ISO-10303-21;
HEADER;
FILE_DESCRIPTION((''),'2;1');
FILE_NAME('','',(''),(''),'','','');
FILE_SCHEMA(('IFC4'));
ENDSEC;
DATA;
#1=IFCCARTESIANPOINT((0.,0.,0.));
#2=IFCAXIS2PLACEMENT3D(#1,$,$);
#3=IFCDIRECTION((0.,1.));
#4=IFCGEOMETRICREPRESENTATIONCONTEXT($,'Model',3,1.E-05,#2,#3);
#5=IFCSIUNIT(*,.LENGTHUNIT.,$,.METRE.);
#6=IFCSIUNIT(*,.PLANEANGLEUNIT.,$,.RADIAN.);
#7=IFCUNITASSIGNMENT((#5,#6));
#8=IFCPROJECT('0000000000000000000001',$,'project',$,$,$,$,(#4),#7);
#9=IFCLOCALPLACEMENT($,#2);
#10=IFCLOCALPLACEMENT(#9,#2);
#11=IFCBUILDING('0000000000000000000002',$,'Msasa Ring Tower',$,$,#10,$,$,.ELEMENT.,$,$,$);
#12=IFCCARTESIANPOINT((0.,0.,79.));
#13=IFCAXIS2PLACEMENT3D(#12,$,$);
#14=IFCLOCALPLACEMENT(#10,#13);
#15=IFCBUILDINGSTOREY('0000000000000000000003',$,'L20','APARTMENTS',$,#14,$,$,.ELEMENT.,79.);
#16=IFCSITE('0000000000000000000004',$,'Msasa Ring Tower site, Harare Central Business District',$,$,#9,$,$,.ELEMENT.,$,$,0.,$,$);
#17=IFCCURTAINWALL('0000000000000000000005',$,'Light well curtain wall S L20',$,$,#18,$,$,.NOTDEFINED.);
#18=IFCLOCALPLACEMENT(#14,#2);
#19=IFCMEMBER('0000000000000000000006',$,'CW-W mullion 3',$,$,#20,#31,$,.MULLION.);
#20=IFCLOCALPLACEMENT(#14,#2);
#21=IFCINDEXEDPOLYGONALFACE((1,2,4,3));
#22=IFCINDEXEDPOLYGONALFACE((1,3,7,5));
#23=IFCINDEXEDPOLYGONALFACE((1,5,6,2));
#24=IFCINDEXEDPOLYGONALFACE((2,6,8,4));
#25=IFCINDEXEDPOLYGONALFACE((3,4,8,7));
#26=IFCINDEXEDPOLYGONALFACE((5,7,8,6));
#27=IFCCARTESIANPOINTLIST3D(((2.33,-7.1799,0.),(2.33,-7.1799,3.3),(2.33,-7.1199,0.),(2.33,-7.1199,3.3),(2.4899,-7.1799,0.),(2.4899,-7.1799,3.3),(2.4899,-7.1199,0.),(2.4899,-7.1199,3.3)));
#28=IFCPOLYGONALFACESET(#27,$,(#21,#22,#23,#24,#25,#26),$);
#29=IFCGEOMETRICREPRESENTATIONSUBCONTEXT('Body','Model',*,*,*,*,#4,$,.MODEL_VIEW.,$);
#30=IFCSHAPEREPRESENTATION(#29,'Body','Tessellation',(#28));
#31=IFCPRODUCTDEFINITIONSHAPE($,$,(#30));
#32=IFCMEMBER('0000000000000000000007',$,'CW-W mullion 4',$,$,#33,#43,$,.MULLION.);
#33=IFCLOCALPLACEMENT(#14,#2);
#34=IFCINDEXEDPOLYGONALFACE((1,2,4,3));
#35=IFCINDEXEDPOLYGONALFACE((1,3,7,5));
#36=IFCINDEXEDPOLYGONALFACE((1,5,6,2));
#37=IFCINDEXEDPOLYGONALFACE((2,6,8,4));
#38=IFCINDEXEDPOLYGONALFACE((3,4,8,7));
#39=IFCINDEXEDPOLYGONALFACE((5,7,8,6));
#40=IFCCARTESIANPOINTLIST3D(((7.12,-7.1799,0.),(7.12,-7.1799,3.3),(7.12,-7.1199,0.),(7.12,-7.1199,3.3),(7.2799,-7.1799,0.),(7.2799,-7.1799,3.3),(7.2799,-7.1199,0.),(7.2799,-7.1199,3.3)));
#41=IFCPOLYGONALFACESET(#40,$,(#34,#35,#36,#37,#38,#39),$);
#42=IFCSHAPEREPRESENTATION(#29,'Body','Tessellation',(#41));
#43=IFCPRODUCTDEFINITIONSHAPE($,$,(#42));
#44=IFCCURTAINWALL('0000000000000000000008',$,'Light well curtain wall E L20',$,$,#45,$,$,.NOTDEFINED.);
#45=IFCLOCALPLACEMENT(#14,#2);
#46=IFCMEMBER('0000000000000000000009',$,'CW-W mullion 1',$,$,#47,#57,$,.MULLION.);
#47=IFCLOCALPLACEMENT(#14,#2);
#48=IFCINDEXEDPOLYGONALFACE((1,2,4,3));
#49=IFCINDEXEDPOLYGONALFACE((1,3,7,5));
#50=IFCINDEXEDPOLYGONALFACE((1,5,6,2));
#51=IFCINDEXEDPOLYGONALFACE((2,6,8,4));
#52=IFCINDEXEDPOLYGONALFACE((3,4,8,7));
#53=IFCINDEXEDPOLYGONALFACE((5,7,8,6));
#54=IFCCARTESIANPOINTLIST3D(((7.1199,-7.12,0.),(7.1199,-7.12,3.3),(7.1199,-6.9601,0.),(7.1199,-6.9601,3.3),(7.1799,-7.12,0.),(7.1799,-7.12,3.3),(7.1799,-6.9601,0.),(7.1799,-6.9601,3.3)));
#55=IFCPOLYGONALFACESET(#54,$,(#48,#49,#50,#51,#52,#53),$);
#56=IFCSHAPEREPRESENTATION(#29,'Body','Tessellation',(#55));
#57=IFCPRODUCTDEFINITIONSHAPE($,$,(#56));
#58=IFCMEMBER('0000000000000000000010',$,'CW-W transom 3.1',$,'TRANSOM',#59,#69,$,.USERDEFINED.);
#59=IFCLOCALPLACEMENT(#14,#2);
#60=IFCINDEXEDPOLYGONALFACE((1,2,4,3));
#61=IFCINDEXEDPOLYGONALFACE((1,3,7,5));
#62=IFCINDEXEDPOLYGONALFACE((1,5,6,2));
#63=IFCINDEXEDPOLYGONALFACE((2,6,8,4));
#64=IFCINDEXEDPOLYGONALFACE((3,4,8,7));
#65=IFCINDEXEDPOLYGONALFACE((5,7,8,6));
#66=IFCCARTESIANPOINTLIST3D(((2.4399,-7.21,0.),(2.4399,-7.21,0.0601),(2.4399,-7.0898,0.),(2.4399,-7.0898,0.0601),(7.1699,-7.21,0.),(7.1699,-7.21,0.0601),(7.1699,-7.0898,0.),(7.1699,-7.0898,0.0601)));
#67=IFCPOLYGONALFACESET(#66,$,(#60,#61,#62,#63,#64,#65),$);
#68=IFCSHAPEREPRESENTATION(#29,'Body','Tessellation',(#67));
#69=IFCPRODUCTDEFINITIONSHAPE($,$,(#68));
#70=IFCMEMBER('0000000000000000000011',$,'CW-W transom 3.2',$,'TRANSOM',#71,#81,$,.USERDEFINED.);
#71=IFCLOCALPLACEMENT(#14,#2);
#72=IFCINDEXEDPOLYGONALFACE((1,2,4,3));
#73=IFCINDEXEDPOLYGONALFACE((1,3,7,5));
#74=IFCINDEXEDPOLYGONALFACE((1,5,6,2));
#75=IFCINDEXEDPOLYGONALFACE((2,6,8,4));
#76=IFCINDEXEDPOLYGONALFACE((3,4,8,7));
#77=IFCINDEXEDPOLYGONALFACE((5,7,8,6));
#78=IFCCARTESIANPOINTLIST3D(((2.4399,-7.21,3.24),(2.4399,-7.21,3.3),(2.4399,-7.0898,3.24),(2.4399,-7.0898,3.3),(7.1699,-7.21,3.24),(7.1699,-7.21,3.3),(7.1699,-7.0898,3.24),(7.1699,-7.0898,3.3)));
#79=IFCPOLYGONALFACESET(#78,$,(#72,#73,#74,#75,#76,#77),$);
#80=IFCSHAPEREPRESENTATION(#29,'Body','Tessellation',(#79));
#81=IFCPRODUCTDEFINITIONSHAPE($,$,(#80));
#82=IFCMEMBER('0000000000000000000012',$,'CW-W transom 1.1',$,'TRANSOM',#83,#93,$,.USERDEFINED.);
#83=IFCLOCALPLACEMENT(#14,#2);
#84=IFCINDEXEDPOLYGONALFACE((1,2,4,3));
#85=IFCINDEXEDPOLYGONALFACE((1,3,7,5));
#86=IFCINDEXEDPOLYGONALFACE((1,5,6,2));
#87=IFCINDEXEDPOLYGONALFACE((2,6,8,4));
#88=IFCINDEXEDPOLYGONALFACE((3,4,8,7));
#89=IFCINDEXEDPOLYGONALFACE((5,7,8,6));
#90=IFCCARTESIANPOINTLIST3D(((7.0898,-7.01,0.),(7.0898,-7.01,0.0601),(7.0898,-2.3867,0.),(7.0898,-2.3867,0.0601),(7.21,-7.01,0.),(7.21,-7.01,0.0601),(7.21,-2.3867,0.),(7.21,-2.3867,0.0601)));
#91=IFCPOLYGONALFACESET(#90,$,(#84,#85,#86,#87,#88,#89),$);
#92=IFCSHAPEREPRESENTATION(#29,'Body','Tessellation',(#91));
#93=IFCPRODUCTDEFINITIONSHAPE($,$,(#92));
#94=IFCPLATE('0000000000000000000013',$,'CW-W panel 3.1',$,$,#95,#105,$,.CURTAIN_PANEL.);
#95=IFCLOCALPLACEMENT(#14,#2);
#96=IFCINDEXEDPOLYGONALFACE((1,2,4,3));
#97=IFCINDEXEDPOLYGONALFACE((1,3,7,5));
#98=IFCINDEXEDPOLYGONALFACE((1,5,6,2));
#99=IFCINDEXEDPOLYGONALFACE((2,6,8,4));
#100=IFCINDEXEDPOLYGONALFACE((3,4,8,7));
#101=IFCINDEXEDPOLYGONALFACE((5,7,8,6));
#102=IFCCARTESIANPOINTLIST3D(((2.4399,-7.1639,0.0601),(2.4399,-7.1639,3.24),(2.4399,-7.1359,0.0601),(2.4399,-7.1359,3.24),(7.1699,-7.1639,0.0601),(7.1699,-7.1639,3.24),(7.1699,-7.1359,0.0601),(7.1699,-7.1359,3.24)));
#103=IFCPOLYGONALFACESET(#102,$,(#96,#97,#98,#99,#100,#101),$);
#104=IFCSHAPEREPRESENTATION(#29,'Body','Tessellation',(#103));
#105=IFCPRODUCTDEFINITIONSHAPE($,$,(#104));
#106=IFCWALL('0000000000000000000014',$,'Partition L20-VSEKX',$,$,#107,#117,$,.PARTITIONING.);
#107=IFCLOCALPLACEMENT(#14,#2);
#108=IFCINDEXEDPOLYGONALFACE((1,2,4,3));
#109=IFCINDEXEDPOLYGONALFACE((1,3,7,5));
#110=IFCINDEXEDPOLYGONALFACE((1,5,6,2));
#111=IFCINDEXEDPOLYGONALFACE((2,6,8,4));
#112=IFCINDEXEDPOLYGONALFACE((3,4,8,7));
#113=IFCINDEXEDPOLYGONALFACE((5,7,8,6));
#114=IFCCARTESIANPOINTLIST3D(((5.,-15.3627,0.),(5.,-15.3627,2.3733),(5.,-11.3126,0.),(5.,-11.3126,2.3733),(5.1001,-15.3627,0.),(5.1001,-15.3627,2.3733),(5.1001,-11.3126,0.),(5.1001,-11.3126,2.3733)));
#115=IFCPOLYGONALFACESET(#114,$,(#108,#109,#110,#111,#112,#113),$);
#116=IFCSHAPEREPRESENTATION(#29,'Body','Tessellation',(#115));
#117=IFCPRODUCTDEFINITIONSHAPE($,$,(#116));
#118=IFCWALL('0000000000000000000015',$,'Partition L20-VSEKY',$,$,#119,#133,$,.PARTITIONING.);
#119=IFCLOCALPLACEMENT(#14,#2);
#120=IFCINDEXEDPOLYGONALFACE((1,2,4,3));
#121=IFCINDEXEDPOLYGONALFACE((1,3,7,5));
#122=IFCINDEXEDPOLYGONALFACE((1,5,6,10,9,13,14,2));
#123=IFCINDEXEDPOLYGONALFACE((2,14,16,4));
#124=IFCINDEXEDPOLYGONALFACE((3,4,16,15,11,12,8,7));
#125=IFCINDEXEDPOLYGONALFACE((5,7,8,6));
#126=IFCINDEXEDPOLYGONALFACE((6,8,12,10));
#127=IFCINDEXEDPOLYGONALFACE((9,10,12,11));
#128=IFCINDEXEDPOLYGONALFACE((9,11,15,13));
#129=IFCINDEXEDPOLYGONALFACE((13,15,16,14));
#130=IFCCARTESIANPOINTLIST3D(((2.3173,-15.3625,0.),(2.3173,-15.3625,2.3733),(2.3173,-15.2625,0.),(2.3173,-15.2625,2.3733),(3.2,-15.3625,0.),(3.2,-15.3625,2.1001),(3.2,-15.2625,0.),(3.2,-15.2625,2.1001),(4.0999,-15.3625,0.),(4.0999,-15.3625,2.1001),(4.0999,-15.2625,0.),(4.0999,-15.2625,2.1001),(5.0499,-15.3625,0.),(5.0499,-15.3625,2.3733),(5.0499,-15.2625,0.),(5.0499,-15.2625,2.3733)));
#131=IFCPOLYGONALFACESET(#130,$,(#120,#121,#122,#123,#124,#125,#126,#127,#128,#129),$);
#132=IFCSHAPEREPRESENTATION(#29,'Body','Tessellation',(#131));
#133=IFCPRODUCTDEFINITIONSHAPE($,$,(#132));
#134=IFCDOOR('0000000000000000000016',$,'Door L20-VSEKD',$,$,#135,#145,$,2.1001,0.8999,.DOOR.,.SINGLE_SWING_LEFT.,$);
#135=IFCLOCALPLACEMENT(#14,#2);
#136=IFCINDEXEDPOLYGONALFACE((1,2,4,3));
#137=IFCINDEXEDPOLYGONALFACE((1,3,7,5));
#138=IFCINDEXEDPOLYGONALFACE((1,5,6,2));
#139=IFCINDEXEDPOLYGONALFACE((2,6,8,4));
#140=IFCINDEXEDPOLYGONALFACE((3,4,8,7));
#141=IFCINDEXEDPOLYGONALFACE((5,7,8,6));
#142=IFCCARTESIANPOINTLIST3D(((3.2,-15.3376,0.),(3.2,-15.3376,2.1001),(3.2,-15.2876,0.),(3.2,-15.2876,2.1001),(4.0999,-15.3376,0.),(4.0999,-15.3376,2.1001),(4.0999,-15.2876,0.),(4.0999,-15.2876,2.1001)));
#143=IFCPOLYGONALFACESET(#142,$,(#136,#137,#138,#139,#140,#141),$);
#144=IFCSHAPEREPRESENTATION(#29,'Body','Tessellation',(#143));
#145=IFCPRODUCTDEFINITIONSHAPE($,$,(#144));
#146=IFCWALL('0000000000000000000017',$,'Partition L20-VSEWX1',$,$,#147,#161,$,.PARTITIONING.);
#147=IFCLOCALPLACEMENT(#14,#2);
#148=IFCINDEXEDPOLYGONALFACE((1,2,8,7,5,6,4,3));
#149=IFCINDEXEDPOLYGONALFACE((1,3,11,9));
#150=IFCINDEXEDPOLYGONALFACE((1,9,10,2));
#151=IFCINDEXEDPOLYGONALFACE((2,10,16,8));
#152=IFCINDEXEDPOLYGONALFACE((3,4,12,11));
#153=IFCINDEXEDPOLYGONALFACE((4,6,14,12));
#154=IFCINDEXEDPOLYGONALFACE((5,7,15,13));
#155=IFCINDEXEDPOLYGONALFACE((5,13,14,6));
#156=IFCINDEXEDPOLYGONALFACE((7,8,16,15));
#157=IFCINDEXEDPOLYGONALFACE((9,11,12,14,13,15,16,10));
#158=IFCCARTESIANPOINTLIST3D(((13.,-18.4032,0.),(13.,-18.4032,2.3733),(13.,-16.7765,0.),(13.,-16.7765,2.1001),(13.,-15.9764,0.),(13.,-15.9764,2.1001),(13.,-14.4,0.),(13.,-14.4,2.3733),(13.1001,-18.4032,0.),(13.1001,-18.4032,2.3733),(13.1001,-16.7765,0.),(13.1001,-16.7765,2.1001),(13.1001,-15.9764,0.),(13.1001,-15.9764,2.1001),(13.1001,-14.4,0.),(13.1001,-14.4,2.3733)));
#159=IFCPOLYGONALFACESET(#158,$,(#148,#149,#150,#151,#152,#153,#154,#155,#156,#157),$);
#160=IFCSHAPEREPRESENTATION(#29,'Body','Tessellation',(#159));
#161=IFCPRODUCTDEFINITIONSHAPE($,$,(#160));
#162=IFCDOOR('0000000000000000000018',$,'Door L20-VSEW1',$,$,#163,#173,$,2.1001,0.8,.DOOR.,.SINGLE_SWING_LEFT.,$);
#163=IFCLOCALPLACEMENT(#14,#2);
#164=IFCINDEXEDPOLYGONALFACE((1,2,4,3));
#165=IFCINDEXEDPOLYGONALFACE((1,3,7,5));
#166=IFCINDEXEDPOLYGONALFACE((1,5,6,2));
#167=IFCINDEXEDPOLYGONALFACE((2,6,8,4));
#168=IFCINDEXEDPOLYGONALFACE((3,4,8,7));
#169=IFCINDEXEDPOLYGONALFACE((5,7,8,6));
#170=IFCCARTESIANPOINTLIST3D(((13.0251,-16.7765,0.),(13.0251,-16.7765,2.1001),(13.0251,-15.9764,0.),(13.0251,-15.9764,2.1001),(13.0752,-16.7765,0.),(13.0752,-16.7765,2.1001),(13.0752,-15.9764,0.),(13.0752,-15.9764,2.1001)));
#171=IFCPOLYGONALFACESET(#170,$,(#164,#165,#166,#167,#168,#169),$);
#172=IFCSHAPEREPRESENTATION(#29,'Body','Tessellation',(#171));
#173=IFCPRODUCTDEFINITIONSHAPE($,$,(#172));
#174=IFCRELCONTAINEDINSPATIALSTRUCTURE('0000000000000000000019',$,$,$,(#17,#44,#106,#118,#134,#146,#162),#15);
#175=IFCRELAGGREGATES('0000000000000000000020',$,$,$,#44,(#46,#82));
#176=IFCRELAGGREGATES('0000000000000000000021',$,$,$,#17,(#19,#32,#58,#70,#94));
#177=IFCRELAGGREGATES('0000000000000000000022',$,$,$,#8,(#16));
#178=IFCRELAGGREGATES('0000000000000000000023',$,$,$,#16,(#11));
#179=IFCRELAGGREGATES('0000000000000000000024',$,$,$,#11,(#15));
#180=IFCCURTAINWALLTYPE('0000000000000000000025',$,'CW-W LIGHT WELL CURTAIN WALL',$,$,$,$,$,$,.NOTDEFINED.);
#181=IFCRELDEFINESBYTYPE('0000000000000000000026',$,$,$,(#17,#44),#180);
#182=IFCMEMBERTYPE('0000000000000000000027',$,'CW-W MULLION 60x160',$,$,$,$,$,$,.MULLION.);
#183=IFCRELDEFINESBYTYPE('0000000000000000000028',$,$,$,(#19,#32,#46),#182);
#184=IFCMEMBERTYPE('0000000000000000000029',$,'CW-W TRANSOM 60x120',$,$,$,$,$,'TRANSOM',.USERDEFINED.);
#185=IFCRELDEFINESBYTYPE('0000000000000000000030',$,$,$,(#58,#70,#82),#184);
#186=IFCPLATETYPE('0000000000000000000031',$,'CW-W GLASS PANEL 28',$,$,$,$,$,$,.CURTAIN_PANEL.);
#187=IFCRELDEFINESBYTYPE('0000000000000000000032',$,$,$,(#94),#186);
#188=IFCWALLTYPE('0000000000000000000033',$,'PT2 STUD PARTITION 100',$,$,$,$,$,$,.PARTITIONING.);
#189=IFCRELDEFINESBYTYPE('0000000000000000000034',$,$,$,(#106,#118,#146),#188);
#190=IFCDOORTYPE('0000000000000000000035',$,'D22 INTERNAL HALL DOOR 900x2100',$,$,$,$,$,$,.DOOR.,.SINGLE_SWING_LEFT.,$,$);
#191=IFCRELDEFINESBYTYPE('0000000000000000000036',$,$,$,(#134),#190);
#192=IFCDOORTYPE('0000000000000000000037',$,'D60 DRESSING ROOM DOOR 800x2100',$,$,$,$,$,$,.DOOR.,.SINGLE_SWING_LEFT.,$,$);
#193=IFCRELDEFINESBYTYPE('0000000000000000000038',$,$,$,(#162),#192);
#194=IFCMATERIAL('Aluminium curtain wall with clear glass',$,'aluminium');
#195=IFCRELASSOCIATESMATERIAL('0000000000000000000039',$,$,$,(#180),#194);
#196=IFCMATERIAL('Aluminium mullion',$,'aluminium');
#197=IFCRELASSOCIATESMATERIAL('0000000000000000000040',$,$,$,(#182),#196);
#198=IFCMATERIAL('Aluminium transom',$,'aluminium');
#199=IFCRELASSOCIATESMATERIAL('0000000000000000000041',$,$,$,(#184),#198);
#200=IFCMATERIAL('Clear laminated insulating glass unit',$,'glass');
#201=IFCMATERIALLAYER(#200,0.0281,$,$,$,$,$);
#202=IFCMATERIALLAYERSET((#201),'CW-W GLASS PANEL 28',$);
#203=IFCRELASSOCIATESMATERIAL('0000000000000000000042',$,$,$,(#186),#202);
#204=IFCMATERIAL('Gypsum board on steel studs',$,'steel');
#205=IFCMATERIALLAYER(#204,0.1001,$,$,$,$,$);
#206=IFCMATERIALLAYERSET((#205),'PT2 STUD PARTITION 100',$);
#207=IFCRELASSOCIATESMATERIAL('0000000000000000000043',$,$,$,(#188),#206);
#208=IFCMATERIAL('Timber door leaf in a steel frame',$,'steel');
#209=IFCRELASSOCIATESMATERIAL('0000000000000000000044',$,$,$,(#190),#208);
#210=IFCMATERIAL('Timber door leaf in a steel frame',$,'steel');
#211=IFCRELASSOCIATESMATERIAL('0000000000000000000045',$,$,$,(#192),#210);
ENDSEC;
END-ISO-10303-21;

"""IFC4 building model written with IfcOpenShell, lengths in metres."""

from ifc_helpers import new_model, si_unit, direction, frame, frame_2d, origin, origin_2d, place, context, subcontext, project, spatial, rectangle, extrude, material, layer, layer_set, material_profile, profile_set, type_object, element, fill, aggregate, save


model = new_model("IFC4")

# Units and contexts
model_context = context("Model", 3, precision=1e-05, world=origin(), true_north=direction((0.0, 1.0)))
body_context = subcontext(model_context, "Body", "Model", "MODEL_VIEW")
ifc_project = project(units=[si_unit("LENGTHUNIT", "METRE"), si_unit("PLANEANGLEUNIT", "RADIAN")], contexts=[model_context])

# Site, building, storey
site_placement = place(None, origin())
site = spatial("IfcSite", under=ifc_project, at=site_placement, Name="Msasa Ring Tower site, Harare Central Business District", CompositionType="ELEMENT", RefElevation=0.0)
building_placement = place(site_placement, origin())
building = spatial("IfcBuilding", under=site, at=building_placement, Name="Msasa Ring Tower", CompositionType="ELEMENT")
storey_placement = place(building_placement, frame((0.0, 0.0, 79.0)))
storey = spatial("IfcBuildingStorey", under=building, at=storey_placement, Name="L20", Description="APARTMENTS", CompositionType="ELEMENT", Elevation=79.0)

# Curtain wall, members
ifc_material_1 = material(Name="Aluminium curtain wall with clear glass", Category="aluminium")
curtain_wall_type = type_object("IfcCurtainWallType", Name="CW-W LIGHT WELL CURTAIN WALL", PredefinedType="NOTDEFINED", material=ifc_material_1)
curtain_wall_1_placement = place(storey_placement, origin())
curtain_wall_1 = element("IfcCurtainWall", 1, at=curtain_wall_1_placement, inside=storey, type_object=curtain_wall_type, Name="Light well curtain wall S L20", PredefinedType="NOTDEFINED")
ifc_material_2 = material(Name="Aluminium mullion", Category="aluminium")
ifc_material_profile_1 = material_profile(ifc_material_2, rectangle(XDim=0.0601, YDim=0.1599, at=origin_2d()), Name="AL 60x160")
ifc_profile_set_1 = profile_set([ifc_material_profile_1], Name="Aluminium mullion")
member_type_1 = type_object("IfcMemberType", Name="CW-W MULLION 60x160", PredefinedType="MULLION", material=ifc_profile_set_1)
member_1_placement = place(storey_placement, frame((2.4099, -7.1499, 0.0), z_axis=(0.0, 0.0, 1.0), x_axis=(0.0, 1.0, 0.0)))
member_1 = element("IfcMember", 2, at=member_1_placement, type_object=member_type_1, Name="CW-W mullion 3", PredefinedType="MULLION", context=body_context, shape_type="SweptSolid", body=[
    extrude(rectangle(XDim=0.0601, YDim=0.1599, at=origin_2d()), origin(), (0.0, 0.0, 1.0), 3.3),
])
member_2_placement = place(storey_placement, frame((7.2, -7.1499, 0.0), z_axis=(0.0, 0.0, 1.0), x_axis=(0.0, 1.0, 0.0)))
member_2 = element("IfcMember", 3, at=member_2_placement, type_object=member_type_1, Name="CW-W mullion 4", PredefinedType="MULLION", context=body_context, shape_type="SweptSolid", body=[
    extrude(rectangle(XDim=0.0601, YDim=0.1599, at=origin_2d()), origin(), (0.0, 0.0, 1.0), 3.3),
])

# Curtain wall, member
curtain_wall_2_placement = place(storey_placement, origin())
curtain_wall_2 = element("IfcCurtainWall", 4, at=curtain_wall_2_placement, inside=storey, type_object=curtain_wall_type, Name="Light well curtain wall E L20", PredefinedType="NOTDEFINED")
member_3_placement = place(storey_placement, frame((7.1499, -7.04, 0.0), z_axis=(0.0, 0.0, 1.0), x_axis=(-1.0, 0.0, 0.0)))
member_3 = element("IfcMember", 5, at=member_3_placement, type_object=member_type_1, Name="CW-W mullion 1", PredefinedType="MULLION", context=body_context, shape_type="SweptSolid", body=[
    extrude(rectangle(XDim=0.0601, YDim=0.1599, at=origin_2d()), origin(), (0.0, 0.0, 1.0), 3.3),
])

# Members
ifc_material_3 = material(Name="Aluminium transom", Category="aluminium")
ifc_material_profile_2 = material_profile(ifc_material_3, rectangle(XDim=0.1201, YDim=0.0601, at=origin_2d()), Name="AL 60x120")
ifc_profile_set_2 = profile_set([ifc_material_profile_2], Name="Aluminium transom")
member_type_2 = type_object("IfcMemberType", Name="CW-W TRANSOM 60x120", ElementType="TRANSOM", PredefinedType="USERDEFINED", material=ifc_profile_set_2)
member_4_placement = place(storey_placement, frame((2.4399, -7.1499, 0.03), z_axis=(1.0, 0.0, 0.0), x_axis=(0.0, 1.0, 0.0)))
member_4 = element("IfcMember", 6, at=member_4_placement, type_object=member_type_2, Name="CW-W transom 3.1", ObjectType="TRANSOM", PredefinedType="USERDEFINED", context=body_context, shape_type="SweptSolid", body=[
    extrude(rectangle(XDim=0.1201, YDim=0.0601, at=origin_2d()), origin(), (0.0, 0.0, 1.0), 4.73),
])
member_5_placement = place(storey_placement, frame((2.4399, -7.1499, 3.27), z_axis=(1.0, 0.0, 0.0), x_axis=(0.0, 1.0, 0.0)))
member_5 = element("IfcMember", 7, at=member_5_placement, type_object=member_type_2, Name="CW-W transom 3.2", ObjectType="TRANSOM", PredefinedType="USERDEFINED", context=body_context, shape_type="SweptSolid", body=[
    extrude(rectangle(XDim=0.1201, YDim=0.0601, at=origin_2d()), origin(), (0.0, 0.0, 1.0), 4.73),
])
member_6_placement = place(storey_placement, frame((7.1499, -7.01, 0.03), z_axis=(0.0, 1.0, 0.0), x_axis=(-1.0, 0.0, 0.0)))
member_6 = element("IfcMember", 8, at=member_6_placement, type_object=member_type_2, Name="CW-W transom 1.1", ObjectType="TRANSOM", PredefinedType="USERDEFINED", context=body_context, shape_type="SweptSolid", body=[
    extrude(rectangle(XDim=0.1201, YDim=0.0601, at=origin_2d()), origin(), (0.0, 0.0, 1.0), 4.6233),
])
aggregate(curtain_wall_2, [member_3, member_6])

# Plate
ifc_material_4 = material(Name="Clear laminated insulating glass unit", Category="glass")
ifc_layer_1 = layer(ifc_material_4, 0.0281)
ifc_layer_set_1 = layer_set([ifc_layer_1], Name="CW-W GLASS PANEL 28")
plate_type = type_object("IfcPlateType", Name="CW-W GLASS PANEL 28", PredefinedType="CURTAIN_PANEL", material=ifc_layer_set_1)
plate_placement = place(storey_placement, frame((4.8049, -7.1499, 0.0601), z_axis=(0.0, 0.0, 1.0), x_axis=(1.0, 0.0, 0.0)))
plate = element("IfcPlate", 9, at=plate_placement, type_object=plate_type, Name="CW-W panel 3.1", PredefinedType="CURTAIN_PANEL", context=body_context, shape_type="SweptSolid", body=[
    extrude(rectangle(XDim=4.73, YDim=0.0281, at=origin_2d()), origin(), (0.0, 0.0, 1.0), 3.1799),
])
aggregate(curtain_wall_1, [member_1, member_2, member_4, member_5, plate])

# Wall
ifc_material_5 = material(Name="Gypsum board on steel studs", Category="steel")
ifc_layer_2 = layer(ifc_material_5, 0.1001)
ifc_layer_set_2 = layer_set([ifc_layer_2], Name="PT2 STUD PARTITION 100")
wall_type_1 = type_object("IfcWallType", Name="PT2 STUD PARTITION 100", PredefinedType="PARTITIONING", material=ifc_layer_set_2)
wall_1_placement = place(storey_placement, frame((5.05, -15.3625, 0.0), z_axis=(0.0, 0.0, 1.0), x_axis=(0.0, 1.0, 0.0)))
element("IfcWall", 10, at=wall_1_placement, inside=storey, type_object=wall_type_1, Name="Partition L20-VSEKX", PredefinedType="PARTITIONING", context=body_context, shape_type="SweptSolid", body=[
    extrude(rectangle(XDim=4.05, YDim=0.1001, at=frame_2d((2.0249, 0.0))), origin(), (0.0, 0.0, 1.0), 2.3733),
])

# Walls, openings, doors
wall_2_placement = place(storey_placement, frame((2.3174, -15.3125, 0.0), z_axis=(0.0, 0.0, 1.0), x_axis=(1.0, 0.0, 0.0)))
wall_2 = element("IfcWall", 11, at=wall_2_placement, inside=storey, type_object=wall_type_1, Name="Partition L20-VSEKY", PredefinedType="PARTITIONING", context=body_context, shape_type="SweptSolid", body=[
    extrude(rectangle(XDim=2.7327, YDim=0.1001, at=frame_2d((1.3662, 0.0))), origin(), (0.0, 0.0, 1.0), 2.3733),
])
opening_1_placement = place(wall_2_placement, frame((0.8826, 0.0, 0.0)))
opening_1 = element("IfcOpeningElement", 12, at=opening_1_placement, cuts=wall_2, PredefinedType="OPENING", context=body_context, shape_type="SweptSolid", body=[
    extrude(rectangle(XDim=0.8999, YDim=2.1001, at=frame_2d((0.45, 1.05))), frame((0.0, 0.0601, 0.0), z_axis=(0.0, -1.0, 0.0), x_axis=(1.0, 0.0, 0.0)), (0.0, 0.0, 1.0), 0.1201),
])
ifc_material_6 = material(Name="Timber door leaf in a steel frame", Category="steel")
door_type_1 = type_object("IfcDoorType", Name="D22 INTERNAL HALL DOOR 900x2100", OperationType="SINGLE_SWING_LEFT", PredefinedType="DOOR", material=ifc_material_6)
door_1_placement = place(opening_1_placement, origin())
door_1 = element("IfcDoor", 13, at=door_1_placement, inside=storey, type_object=door_type_1, Name="Door L20-VSEKD", OperationType="SINGLE_SWING_LEFT", OverallHeight=2.1001, OverallWidth=0.8999, PredefinedType="DOOR", context=body_context, shape_type="SweptSolid", body=[
    extrude(rectangle(XDim=0.8999, YDim=2.1001, at=frame_2d((0.45, 1.05))), frame((0.0, 0.0249, 0.0), z_axis=(0.0, -1.0, 0.0), x_axis=(1.0, 0.0, 0.0)), (0.0, 0.0, 1.0), 0.05),
])
fill(opening_1, door_1)
wall_3_placement = place(storey_placement, frame((13.05, -18.4031, 0.0), z_axis=(0.0, 0.0, 1.0), x_axis=(0.0, 1.0, 0.0)))
wall_3 = element("IfcWall", 14, at=wall_3_placement, inside=storey, type_object=wall_type_1, Name="Partition L20-VSEWX1", PredefinedType="PARTITIONING", context=body_context, shape_type="SweptSolid", body=[
    extrude(rectangle(XDim=4.0032, YDim=0.1001, at=frame_2d((2.0015, 0.0))), origin(), (0.0, 0.0, 1.0), 2.3733),
])
opening_2_placement = place(wall_3_placement, frame((1.6267, 0.0, 0.0)))
opening_2 = element("IfcOpeningElement", 15, at=opening_2_placement, cuts=wall_3, PredefinedType="OPENING", context=body_context, shape_type="SweptSolid", body=[
    extrude(rectangle(XDim=0.8, YDim=2.1001, at=frame_2d((0.3999, 1.05))), frame((0.0, 0.0601, 0.0), z_axis=(0.0, -1.0, 0.0), x_axis=(1.0, 0.0, 0.0)), (0.0, 0.0, 1.0), 0.1201),
])
ifc_material_7 = material(Name="Timber door leaf in a steel frame", Category="steel")
door_type_2 = type_object("IfcDoorType", Name="D60 DRESSING ROOM DOOR 800x2100", OperationType="SINGLE_SWING_LEFT", PredefinedType="DOOR", material=ifc_material_7)
door_2_placement = place(opening_2_placement, origin())
door_2 = element("IfcDoor", 16, at=door_2_placement, inside=storey, type_object=door_type_2, Name="Door L20-VSEW1", OperationType="SINGLE_SWING_LEFT", OverallHeight=2.1001, OverallWidth=0.8, PredefinedType="DOOR", context=body_context, shape_type="SweptSolid", body=[
    extrude(rectangle(XDim=0.8, YDim=2.1001, at=frame_2d((0.3999, 1.05))), frame((0.0, 0.0249, 0.0), z_axis=(0.0, -1.0, 0.0), x_axis=(1.0, 0.0, 0.0)), (0.0, 0.0, 1.0), 0.05),
])
fill(opening_2, door_2)

save(model, "model.ifc")
